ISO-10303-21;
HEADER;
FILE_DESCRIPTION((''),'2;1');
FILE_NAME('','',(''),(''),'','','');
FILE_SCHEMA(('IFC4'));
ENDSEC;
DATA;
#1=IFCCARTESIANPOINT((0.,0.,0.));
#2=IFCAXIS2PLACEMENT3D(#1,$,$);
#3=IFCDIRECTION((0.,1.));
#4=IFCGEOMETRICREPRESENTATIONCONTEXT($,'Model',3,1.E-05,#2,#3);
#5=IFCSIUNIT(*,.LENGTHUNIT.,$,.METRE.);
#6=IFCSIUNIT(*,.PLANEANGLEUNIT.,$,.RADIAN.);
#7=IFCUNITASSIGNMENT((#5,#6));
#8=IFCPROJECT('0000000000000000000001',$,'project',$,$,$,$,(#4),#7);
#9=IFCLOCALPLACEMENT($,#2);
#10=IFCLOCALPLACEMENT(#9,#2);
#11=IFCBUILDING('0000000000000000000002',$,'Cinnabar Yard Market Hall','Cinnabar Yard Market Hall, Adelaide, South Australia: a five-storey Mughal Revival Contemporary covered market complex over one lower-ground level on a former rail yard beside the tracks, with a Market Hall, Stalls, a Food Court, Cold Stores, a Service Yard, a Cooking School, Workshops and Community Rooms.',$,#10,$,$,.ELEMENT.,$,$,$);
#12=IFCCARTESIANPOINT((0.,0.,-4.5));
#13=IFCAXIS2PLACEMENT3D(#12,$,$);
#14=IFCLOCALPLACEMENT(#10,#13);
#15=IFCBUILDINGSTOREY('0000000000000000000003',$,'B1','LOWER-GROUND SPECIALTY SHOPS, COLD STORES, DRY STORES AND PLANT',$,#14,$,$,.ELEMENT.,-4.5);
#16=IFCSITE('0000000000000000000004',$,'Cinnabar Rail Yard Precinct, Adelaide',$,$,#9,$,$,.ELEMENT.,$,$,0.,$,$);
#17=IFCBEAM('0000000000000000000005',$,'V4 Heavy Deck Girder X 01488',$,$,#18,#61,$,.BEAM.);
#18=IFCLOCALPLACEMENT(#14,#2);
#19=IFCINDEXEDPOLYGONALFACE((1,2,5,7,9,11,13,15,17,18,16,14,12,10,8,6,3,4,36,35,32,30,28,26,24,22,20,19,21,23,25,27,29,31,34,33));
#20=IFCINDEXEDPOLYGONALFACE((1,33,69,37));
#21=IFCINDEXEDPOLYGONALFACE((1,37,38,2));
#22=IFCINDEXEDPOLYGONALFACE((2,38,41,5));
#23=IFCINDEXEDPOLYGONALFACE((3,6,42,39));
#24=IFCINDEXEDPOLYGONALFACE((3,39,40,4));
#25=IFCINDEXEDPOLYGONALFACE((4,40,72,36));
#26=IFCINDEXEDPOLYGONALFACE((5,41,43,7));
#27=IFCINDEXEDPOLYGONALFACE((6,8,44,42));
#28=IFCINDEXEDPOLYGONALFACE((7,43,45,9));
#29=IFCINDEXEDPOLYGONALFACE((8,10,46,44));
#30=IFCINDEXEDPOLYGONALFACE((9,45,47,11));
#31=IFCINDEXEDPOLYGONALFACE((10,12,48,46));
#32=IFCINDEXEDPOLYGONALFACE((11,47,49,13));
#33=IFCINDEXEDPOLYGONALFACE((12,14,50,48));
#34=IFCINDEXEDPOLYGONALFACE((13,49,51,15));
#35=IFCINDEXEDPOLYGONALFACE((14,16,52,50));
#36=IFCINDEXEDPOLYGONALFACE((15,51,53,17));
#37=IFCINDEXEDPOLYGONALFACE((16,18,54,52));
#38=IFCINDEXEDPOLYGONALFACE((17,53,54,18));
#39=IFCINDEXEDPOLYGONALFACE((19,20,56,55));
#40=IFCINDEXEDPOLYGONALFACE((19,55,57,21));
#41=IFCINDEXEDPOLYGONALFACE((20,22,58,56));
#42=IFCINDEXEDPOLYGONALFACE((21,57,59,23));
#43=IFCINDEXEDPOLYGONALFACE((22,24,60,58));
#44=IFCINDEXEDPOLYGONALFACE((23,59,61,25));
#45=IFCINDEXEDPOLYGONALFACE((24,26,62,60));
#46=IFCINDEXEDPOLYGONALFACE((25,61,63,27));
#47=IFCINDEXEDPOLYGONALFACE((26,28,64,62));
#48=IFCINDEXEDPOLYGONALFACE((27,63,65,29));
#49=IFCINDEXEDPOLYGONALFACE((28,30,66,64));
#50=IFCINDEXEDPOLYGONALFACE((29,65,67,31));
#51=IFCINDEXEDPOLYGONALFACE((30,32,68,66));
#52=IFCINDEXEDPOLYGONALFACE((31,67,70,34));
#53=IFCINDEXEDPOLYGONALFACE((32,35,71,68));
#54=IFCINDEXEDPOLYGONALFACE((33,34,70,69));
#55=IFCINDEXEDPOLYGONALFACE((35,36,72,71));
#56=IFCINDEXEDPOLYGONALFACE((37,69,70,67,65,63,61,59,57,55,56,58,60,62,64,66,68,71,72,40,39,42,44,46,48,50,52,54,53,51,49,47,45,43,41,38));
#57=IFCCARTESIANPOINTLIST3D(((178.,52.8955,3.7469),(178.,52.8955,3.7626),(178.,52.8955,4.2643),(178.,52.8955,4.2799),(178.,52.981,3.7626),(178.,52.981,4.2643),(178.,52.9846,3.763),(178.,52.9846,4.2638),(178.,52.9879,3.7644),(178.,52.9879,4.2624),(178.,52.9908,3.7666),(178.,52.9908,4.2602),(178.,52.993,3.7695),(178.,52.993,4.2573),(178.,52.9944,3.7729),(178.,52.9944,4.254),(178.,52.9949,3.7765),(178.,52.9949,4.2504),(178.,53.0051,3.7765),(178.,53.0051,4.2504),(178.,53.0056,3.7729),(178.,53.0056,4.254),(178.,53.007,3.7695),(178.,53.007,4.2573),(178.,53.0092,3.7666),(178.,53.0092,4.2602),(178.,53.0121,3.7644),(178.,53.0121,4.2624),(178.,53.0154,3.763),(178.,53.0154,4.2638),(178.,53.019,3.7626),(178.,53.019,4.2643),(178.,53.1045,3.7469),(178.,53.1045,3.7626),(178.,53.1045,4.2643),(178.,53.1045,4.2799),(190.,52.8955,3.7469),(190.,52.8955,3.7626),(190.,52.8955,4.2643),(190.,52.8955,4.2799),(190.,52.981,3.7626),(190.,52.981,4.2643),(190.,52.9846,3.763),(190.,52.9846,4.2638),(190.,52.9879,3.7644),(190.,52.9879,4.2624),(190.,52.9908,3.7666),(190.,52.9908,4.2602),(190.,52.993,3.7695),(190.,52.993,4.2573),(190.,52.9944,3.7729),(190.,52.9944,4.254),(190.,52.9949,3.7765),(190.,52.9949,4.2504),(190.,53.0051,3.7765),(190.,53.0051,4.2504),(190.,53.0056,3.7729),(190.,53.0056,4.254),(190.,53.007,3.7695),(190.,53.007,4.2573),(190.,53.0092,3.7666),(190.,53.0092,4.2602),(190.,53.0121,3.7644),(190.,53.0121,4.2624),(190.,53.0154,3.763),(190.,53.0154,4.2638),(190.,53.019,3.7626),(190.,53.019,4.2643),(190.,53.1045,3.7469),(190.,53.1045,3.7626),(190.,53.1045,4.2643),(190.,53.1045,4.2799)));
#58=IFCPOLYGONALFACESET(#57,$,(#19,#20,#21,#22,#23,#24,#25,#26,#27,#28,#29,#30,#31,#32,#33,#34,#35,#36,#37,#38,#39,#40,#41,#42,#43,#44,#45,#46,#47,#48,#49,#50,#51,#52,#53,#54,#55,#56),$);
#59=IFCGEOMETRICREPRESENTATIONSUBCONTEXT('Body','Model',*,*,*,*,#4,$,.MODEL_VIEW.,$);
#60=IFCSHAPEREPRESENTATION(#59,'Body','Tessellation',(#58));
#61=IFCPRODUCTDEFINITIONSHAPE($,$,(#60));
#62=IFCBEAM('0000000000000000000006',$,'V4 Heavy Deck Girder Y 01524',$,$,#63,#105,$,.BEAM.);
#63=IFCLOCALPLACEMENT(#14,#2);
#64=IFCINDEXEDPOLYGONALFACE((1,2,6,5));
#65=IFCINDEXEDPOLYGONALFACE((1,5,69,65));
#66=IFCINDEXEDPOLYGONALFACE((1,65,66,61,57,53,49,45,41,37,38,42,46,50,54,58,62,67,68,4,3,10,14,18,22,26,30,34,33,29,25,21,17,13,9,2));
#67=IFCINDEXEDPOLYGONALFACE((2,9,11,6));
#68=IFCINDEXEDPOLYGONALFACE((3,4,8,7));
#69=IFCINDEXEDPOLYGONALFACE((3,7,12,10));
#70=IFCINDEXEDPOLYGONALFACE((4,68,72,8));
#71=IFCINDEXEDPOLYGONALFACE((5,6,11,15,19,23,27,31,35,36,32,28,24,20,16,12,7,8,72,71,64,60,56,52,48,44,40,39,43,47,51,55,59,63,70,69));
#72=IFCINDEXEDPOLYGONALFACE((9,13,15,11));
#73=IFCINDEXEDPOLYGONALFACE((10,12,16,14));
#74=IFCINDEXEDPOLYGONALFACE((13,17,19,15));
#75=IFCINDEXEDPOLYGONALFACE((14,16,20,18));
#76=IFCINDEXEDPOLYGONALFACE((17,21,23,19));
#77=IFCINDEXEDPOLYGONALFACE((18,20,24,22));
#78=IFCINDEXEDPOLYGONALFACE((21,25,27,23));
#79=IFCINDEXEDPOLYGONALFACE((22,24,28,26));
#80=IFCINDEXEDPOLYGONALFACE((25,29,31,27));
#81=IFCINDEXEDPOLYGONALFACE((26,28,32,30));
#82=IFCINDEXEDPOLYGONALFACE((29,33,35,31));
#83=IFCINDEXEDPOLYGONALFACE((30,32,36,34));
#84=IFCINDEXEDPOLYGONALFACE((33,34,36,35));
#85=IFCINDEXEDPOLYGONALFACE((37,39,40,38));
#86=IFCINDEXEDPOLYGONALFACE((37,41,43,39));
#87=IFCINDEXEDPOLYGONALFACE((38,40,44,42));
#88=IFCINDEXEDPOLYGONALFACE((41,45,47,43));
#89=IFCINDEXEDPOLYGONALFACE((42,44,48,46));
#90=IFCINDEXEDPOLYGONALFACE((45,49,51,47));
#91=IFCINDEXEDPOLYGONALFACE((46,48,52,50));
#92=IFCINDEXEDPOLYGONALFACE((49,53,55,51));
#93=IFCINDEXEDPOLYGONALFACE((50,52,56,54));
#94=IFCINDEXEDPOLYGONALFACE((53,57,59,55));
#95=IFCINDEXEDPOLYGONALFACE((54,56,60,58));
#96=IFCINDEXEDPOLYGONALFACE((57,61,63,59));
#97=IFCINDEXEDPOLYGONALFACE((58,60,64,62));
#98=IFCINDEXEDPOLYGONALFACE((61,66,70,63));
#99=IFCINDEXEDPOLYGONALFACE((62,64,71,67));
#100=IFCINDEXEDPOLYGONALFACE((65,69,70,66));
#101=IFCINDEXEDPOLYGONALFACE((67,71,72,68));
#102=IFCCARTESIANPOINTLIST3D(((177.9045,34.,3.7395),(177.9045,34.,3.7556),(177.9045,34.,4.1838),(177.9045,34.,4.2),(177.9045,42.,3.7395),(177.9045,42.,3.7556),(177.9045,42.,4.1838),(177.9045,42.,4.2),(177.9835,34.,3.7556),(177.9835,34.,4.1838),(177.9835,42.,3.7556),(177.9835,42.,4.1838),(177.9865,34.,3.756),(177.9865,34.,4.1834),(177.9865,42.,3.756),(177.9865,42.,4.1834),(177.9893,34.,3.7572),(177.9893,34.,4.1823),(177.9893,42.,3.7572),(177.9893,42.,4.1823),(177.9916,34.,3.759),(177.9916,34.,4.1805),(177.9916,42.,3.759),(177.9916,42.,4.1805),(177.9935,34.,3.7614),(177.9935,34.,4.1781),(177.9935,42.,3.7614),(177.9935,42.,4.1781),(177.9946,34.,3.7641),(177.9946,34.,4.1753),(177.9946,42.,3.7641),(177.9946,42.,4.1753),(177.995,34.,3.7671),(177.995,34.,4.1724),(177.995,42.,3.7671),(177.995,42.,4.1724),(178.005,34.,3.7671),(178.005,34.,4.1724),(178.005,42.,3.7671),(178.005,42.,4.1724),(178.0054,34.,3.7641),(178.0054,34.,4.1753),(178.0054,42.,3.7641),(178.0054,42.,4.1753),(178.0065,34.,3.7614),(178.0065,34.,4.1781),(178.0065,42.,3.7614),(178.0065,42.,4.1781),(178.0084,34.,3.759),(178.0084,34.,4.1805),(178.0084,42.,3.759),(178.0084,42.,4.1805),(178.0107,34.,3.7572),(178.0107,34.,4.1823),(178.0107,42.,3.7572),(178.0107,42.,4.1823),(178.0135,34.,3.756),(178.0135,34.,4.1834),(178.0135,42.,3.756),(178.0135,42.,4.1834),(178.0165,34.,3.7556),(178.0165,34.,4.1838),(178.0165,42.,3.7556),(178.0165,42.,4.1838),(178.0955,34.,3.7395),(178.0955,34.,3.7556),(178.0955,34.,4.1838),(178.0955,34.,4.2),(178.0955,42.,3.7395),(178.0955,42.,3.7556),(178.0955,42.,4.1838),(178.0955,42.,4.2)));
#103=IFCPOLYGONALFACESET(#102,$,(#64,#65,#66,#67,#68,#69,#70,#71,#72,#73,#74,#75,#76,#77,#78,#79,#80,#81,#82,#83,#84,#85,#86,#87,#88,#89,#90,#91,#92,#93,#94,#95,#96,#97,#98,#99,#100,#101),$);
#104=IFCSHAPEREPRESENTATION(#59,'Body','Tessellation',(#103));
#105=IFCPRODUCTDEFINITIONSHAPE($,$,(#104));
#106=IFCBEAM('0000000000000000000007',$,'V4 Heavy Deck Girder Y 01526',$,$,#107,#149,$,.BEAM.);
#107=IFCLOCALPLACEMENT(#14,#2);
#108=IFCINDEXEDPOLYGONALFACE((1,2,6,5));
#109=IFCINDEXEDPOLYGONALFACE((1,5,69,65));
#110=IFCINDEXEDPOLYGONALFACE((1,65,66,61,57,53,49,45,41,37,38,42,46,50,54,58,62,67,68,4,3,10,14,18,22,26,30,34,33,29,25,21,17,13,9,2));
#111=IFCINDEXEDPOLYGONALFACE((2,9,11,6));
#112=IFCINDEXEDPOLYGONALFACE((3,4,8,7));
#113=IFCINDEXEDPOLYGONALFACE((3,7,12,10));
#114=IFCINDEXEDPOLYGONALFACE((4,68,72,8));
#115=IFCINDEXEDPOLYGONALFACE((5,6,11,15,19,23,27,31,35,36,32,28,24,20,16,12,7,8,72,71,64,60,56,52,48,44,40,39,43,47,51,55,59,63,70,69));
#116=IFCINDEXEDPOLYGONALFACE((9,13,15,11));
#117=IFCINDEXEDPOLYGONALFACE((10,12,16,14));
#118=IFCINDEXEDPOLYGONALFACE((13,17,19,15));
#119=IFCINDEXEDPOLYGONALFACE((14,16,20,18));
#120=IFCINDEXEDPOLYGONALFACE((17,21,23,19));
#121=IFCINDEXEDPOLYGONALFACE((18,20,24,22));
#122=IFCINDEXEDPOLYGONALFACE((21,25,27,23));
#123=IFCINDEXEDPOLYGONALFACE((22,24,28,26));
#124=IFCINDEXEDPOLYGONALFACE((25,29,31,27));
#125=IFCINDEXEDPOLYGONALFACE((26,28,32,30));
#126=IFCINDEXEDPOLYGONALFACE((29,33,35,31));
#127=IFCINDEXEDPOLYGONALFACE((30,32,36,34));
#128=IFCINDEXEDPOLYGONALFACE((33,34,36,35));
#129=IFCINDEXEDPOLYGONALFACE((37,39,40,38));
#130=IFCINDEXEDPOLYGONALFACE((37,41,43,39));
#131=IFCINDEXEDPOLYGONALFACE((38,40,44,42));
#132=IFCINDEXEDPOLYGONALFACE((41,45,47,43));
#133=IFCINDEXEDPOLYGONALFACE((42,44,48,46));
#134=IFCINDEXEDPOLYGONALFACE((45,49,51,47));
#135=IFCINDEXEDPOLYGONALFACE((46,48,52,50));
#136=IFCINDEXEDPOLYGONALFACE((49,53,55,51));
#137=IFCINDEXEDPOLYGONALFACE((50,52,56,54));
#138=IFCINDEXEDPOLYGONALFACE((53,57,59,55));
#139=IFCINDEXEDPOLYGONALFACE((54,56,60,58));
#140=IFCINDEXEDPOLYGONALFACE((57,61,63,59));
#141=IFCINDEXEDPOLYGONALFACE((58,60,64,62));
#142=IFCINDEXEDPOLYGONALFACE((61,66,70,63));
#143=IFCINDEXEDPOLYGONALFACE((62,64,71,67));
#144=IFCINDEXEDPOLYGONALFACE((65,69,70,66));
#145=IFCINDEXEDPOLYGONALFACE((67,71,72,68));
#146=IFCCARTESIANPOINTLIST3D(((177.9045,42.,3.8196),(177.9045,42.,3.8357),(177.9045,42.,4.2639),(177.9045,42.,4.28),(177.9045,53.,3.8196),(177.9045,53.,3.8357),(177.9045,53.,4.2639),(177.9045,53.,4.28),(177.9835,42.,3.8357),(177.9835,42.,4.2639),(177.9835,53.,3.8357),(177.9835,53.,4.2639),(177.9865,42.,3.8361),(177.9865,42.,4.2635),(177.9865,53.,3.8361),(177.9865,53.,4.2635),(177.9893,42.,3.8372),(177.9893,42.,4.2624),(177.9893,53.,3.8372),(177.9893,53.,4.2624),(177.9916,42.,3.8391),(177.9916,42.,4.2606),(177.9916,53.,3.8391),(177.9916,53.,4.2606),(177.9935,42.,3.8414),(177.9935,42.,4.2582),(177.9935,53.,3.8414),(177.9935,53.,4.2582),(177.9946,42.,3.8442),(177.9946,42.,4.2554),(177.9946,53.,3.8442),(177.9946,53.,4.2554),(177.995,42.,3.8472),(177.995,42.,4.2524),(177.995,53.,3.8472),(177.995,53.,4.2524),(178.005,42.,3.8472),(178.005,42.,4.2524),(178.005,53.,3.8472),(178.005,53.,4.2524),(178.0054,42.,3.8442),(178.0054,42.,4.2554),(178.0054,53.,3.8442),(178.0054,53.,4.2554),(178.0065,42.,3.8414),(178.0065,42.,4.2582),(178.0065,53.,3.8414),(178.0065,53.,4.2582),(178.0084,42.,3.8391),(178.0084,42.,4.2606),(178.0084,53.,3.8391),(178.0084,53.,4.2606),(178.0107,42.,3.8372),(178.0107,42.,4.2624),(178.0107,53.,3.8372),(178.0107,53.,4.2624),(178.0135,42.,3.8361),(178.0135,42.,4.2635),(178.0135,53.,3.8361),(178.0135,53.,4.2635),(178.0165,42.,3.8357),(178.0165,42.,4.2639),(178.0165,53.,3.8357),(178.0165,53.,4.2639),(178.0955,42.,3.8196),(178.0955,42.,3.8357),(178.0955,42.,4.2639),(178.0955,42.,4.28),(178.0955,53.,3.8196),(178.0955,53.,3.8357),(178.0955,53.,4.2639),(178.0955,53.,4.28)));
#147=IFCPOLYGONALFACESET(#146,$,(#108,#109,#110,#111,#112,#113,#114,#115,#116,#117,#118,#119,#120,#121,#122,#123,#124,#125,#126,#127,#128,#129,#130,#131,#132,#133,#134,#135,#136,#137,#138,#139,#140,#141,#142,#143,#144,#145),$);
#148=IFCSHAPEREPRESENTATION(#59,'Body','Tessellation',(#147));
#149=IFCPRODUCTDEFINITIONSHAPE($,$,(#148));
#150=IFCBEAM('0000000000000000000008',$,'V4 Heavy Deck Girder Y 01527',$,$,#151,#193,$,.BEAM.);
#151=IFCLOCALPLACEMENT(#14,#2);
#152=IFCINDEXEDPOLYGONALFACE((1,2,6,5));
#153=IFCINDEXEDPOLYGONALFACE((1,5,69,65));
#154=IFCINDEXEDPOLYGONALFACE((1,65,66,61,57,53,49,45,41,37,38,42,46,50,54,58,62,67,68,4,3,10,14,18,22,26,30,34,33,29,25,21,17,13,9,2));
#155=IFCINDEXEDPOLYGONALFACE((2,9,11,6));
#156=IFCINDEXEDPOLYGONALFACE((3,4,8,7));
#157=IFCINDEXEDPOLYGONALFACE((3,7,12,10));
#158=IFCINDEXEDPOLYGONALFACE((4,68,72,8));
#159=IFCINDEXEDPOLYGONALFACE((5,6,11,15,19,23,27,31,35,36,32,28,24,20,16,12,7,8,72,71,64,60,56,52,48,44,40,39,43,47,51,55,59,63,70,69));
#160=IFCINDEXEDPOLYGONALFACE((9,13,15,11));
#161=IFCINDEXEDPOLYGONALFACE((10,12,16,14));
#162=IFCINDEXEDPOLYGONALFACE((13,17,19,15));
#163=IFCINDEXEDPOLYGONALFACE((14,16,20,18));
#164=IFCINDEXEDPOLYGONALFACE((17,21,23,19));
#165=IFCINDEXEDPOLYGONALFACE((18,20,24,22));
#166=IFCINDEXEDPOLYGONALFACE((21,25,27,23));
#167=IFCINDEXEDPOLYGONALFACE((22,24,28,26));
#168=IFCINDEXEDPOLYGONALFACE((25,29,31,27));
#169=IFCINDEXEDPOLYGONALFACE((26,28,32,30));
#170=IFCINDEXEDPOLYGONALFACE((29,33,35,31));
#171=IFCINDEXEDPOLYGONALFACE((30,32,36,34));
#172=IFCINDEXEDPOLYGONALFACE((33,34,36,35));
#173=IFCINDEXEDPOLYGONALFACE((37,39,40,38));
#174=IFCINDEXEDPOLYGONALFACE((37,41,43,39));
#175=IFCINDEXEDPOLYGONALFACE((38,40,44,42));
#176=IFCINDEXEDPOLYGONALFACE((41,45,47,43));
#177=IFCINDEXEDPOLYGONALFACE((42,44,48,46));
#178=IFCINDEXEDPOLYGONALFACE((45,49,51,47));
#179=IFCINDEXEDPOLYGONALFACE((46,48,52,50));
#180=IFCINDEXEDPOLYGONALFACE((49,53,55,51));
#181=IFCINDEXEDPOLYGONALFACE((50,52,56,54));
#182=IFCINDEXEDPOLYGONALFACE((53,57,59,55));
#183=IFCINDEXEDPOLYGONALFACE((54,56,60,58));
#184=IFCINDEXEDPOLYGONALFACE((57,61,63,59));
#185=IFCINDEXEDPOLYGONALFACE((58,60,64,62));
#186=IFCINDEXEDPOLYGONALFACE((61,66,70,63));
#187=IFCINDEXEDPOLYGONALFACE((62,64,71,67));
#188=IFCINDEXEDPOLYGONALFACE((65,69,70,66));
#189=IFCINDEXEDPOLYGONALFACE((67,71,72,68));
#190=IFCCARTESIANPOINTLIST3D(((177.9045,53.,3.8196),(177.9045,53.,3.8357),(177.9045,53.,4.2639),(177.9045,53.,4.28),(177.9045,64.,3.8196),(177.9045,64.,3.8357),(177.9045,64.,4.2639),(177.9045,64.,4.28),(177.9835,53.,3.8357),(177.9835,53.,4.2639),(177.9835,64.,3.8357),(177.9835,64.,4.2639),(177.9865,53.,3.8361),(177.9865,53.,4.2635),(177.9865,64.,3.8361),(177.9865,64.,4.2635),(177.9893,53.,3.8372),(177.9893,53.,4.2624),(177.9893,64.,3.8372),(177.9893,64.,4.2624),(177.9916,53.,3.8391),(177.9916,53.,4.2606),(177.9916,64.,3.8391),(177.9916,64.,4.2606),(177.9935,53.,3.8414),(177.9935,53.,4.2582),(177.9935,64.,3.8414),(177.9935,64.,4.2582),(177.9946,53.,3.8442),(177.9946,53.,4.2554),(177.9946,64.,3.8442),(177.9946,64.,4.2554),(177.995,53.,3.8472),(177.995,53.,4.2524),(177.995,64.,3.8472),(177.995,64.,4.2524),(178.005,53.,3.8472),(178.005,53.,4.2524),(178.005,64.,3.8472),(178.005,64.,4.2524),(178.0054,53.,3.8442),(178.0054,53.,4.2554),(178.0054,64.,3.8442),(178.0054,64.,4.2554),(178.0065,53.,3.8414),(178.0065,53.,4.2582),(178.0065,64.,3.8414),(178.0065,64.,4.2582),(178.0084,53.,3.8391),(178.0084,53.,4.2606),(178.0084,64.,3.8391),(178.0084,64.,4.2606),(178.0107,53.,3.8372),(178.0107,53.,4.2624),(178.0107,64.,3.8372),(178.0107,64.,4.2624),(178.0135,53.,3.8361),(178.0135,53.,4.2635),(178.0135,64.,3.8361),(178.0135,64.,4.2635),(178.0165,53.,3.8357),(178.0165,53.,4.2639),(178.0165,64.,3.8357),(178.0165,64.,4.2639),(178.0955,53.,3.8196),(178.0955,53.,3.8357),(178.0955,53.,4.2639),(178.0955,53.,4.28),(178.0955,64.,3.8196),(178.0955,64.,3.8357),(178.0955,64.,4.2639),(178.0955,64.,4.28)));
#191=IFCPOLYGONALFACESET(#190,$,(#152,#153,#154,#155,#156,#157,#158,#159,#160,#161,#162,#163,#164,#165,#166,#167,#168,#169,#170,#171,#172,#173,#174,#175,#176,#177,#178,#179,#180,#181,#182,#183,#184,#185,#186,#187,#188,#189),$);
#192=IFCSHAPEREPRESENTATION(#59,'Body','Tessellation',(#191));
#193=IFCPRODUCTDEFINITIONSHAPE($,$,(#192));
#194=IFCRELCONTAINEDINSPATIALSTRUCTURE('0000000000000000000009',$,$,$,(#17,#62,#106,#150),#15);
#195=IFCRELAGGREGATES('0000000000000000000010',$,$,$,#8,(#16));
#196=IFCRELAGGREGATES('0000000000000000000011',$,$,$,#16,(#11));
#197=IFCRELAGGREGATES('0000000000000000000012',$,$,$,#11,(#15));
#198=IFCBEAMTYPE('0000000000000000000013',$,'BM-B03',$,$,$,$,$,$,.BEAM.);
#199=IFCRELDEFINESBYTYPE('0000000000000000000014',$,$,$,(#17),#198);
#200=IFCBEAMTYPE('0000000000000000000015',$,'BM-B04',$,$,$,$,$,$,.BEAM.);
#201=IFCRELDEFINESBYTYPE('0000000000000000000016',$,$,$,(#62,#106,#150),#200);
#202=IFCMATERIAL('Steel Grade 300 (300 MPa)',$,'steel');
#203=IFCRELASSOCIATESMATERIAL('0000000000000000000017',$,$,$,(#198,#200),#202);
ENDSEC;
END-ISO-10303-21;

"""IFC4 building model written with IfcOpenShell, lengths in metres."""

from ifc_helpers import new_model, si_unit, direction, frame, origin, origin_2d_with_axis, place, context, subcontext, project, spatial, i_section, extrude, material, material_profile, profile_set, type_object, element, save


model = new_model("IFC4")

# Units and contexts
model_context = context("Model", 3, precision=1e-05, world=origin(), true_north=direction((0.0, 1.0)))
body_context = subcontext(model_context, "Body", "Model", "MODEL_VIEW")
ifc_project = project(units=[si_unit("LENGTHUNIT", "METRE"), si_unit("PLANEANGLEUNIT", "RADIAN")], contexts=[model_context])

# Site, building, storey
site_placement = place(None, origin())
site = spatial("IfcSite", under=ifc_project, at=site_placement, Name="Cinnabar Rail Yard Precinct, Adelaide", CompositionType="ELEMENT", RefElevation=0.0)
building_placement = place(site_placement, origin())
building = spatial("IfcBuilding", under=site, at=building_placement, Name="Cinnabar Yard Market Hall", Description="Cinnabar Yard Market Hall, Adelaide, South Australia: a five-storey Mughal Revival Contemporary covered market complex over one lower-ground level on a former rail yard beside the tracks, with a Market Hall, Stalls, a Food Court, Cold Stores, a Service Yard, a Cooking School, Workshops and Community Rooms.", CompositionType="ELEMENT")
storey_placement = place(building_placement, frame((0.0, 0.0, -4.5)))
storey = spatial("IfcBuildingStorey", under=building, at=storey_placement, Name="B1", Description="LOWER-GROUND SPECIALTY SHOPS, COLD STORES, DRY STORES AND PLANT", CompositionType="ELEMENT", Elevation=-4.5)

# Shared definitions
ifc_material_1 = material(Name="Steel Grade 300 (300 MPa)", Category="steel")

# Beams
ifc_material_profile_1 = material_profile(ifc_material_1, i_section(OverallWidth=0.209, OverallDepth=0.533, WebThickness=0.0103, FlangeThickness=0.0156, FilletRadius=0.0139, at=origin_2d_with_axis()), Name="530UB92.4")
ifc_profile_set_1 = profile_set([ifc_material_profile_1], Name="Steel Grade 300 (300 MPa)")
beam_type_1 = type_object("IfcBeamType", Name="BM-B03", PredefinedType="BEAM", material=ifc_profile_set_1)
for number, where, z_axis, x_axis, name in (
    (1, (178.0, 53.0, 4.0134), (1.0, 0.0, 0.0), (0.0, 1.0, 0.0), "V4 Heavy Deck Girder X 01488"),
):
    element("IfcBeam", number, at=place(storey_placement, frame(where, z_axis=z_axis, x_axis=x_axis)), inside=storey, type_object=beam_type_1, Name=name, PredefinedType="BEAM", context=body_context, shape_type="SweptSolid", body=[
        extrude(i_section(OverallWidth=0.209, OverallDepth=0.533, WebThickness=0.0103, FlangeThickness=0.0156, FilletRadius=0.0139, at=origin_2d_with_axis()), origin(), (0.0, 0.0, 1.0), 12.0),
    ])
ifc_material_profile_2 = material_profile(ifc_material_1, i_section(OverallWidth=0.1909, OverallDepth=0.4604, WebThickness=0.01, FlangeThickness=0.0161, FilletRadius=0.0115, at=origin_2d_with_axis()), Name="460UB82.1")
ifc_profile_set_2 = profile_set([ifc_material_profile_2], Name="Steel Grade 300 (300 MPa)")
beam_type_2 = type_object("IfcBeamType", Name="BM-B04", PredefinedType="BEAM", material=ifc_profile_set_2)
beam_placement = place(storey_placement, frame((178.0, 34.0, 3.9697), z_axis=(0.0, 1.0, 0.0), x_axis=(-1.0, 0.0, 0.0)))
element("IfcBeam", 2, at=beam_placement, inside=storey, type_object=beam_type_2, Name="V4 Heavy Deck Girder Y 01524", PredefinedType="BEAM", context=body_context, shape_type="SweptSolid", body=[
    extrude(i_section(OverallWidth=0.1909, OverallDepth=0.4604, WebThickness=0.01, FlangeThickness=0.0161, FilletRadius=0.0115, at=origin_2d_with_axis()), origin(), (0.0, 0.0, 1.0), 8.0),
])
for number, where, z_axis, x_axis, name in (
    (3, (178.0, 42.0, 4.0498), (0.0, 1.0, 0.0), (-1.0, 0.0, 0.0), "V4 Heavy Deck Girder Y 01526"),
    (4, (178.0, 53.0, 4.0498), (0.0, 1.0, 0.0), (-1.0, 0.0, 0.0), "V4 Heavy Deck Girder Y 01527"),
):
    element("IfcBeam", number, at=place(storey_placement, frame(where, z_axis=z_axis, x_axis=x_axis)), inside=storey, type_object=beam_type_2, Name=name, PredefinedType="BEAM", context=body_context, shape_type="SweptSolid", body=[
        extrude(i_section(OverallWidth=0.1909, OverallDepth=0.4604, WebThickness=0.01, FlangeThickness=0.0161, FilletRadius=0.0115, at=origin_2d_with_axis()), origin(), (0.0, 0.0, 1.0), 11.0),
    ])

save(model, "model.ifc")
